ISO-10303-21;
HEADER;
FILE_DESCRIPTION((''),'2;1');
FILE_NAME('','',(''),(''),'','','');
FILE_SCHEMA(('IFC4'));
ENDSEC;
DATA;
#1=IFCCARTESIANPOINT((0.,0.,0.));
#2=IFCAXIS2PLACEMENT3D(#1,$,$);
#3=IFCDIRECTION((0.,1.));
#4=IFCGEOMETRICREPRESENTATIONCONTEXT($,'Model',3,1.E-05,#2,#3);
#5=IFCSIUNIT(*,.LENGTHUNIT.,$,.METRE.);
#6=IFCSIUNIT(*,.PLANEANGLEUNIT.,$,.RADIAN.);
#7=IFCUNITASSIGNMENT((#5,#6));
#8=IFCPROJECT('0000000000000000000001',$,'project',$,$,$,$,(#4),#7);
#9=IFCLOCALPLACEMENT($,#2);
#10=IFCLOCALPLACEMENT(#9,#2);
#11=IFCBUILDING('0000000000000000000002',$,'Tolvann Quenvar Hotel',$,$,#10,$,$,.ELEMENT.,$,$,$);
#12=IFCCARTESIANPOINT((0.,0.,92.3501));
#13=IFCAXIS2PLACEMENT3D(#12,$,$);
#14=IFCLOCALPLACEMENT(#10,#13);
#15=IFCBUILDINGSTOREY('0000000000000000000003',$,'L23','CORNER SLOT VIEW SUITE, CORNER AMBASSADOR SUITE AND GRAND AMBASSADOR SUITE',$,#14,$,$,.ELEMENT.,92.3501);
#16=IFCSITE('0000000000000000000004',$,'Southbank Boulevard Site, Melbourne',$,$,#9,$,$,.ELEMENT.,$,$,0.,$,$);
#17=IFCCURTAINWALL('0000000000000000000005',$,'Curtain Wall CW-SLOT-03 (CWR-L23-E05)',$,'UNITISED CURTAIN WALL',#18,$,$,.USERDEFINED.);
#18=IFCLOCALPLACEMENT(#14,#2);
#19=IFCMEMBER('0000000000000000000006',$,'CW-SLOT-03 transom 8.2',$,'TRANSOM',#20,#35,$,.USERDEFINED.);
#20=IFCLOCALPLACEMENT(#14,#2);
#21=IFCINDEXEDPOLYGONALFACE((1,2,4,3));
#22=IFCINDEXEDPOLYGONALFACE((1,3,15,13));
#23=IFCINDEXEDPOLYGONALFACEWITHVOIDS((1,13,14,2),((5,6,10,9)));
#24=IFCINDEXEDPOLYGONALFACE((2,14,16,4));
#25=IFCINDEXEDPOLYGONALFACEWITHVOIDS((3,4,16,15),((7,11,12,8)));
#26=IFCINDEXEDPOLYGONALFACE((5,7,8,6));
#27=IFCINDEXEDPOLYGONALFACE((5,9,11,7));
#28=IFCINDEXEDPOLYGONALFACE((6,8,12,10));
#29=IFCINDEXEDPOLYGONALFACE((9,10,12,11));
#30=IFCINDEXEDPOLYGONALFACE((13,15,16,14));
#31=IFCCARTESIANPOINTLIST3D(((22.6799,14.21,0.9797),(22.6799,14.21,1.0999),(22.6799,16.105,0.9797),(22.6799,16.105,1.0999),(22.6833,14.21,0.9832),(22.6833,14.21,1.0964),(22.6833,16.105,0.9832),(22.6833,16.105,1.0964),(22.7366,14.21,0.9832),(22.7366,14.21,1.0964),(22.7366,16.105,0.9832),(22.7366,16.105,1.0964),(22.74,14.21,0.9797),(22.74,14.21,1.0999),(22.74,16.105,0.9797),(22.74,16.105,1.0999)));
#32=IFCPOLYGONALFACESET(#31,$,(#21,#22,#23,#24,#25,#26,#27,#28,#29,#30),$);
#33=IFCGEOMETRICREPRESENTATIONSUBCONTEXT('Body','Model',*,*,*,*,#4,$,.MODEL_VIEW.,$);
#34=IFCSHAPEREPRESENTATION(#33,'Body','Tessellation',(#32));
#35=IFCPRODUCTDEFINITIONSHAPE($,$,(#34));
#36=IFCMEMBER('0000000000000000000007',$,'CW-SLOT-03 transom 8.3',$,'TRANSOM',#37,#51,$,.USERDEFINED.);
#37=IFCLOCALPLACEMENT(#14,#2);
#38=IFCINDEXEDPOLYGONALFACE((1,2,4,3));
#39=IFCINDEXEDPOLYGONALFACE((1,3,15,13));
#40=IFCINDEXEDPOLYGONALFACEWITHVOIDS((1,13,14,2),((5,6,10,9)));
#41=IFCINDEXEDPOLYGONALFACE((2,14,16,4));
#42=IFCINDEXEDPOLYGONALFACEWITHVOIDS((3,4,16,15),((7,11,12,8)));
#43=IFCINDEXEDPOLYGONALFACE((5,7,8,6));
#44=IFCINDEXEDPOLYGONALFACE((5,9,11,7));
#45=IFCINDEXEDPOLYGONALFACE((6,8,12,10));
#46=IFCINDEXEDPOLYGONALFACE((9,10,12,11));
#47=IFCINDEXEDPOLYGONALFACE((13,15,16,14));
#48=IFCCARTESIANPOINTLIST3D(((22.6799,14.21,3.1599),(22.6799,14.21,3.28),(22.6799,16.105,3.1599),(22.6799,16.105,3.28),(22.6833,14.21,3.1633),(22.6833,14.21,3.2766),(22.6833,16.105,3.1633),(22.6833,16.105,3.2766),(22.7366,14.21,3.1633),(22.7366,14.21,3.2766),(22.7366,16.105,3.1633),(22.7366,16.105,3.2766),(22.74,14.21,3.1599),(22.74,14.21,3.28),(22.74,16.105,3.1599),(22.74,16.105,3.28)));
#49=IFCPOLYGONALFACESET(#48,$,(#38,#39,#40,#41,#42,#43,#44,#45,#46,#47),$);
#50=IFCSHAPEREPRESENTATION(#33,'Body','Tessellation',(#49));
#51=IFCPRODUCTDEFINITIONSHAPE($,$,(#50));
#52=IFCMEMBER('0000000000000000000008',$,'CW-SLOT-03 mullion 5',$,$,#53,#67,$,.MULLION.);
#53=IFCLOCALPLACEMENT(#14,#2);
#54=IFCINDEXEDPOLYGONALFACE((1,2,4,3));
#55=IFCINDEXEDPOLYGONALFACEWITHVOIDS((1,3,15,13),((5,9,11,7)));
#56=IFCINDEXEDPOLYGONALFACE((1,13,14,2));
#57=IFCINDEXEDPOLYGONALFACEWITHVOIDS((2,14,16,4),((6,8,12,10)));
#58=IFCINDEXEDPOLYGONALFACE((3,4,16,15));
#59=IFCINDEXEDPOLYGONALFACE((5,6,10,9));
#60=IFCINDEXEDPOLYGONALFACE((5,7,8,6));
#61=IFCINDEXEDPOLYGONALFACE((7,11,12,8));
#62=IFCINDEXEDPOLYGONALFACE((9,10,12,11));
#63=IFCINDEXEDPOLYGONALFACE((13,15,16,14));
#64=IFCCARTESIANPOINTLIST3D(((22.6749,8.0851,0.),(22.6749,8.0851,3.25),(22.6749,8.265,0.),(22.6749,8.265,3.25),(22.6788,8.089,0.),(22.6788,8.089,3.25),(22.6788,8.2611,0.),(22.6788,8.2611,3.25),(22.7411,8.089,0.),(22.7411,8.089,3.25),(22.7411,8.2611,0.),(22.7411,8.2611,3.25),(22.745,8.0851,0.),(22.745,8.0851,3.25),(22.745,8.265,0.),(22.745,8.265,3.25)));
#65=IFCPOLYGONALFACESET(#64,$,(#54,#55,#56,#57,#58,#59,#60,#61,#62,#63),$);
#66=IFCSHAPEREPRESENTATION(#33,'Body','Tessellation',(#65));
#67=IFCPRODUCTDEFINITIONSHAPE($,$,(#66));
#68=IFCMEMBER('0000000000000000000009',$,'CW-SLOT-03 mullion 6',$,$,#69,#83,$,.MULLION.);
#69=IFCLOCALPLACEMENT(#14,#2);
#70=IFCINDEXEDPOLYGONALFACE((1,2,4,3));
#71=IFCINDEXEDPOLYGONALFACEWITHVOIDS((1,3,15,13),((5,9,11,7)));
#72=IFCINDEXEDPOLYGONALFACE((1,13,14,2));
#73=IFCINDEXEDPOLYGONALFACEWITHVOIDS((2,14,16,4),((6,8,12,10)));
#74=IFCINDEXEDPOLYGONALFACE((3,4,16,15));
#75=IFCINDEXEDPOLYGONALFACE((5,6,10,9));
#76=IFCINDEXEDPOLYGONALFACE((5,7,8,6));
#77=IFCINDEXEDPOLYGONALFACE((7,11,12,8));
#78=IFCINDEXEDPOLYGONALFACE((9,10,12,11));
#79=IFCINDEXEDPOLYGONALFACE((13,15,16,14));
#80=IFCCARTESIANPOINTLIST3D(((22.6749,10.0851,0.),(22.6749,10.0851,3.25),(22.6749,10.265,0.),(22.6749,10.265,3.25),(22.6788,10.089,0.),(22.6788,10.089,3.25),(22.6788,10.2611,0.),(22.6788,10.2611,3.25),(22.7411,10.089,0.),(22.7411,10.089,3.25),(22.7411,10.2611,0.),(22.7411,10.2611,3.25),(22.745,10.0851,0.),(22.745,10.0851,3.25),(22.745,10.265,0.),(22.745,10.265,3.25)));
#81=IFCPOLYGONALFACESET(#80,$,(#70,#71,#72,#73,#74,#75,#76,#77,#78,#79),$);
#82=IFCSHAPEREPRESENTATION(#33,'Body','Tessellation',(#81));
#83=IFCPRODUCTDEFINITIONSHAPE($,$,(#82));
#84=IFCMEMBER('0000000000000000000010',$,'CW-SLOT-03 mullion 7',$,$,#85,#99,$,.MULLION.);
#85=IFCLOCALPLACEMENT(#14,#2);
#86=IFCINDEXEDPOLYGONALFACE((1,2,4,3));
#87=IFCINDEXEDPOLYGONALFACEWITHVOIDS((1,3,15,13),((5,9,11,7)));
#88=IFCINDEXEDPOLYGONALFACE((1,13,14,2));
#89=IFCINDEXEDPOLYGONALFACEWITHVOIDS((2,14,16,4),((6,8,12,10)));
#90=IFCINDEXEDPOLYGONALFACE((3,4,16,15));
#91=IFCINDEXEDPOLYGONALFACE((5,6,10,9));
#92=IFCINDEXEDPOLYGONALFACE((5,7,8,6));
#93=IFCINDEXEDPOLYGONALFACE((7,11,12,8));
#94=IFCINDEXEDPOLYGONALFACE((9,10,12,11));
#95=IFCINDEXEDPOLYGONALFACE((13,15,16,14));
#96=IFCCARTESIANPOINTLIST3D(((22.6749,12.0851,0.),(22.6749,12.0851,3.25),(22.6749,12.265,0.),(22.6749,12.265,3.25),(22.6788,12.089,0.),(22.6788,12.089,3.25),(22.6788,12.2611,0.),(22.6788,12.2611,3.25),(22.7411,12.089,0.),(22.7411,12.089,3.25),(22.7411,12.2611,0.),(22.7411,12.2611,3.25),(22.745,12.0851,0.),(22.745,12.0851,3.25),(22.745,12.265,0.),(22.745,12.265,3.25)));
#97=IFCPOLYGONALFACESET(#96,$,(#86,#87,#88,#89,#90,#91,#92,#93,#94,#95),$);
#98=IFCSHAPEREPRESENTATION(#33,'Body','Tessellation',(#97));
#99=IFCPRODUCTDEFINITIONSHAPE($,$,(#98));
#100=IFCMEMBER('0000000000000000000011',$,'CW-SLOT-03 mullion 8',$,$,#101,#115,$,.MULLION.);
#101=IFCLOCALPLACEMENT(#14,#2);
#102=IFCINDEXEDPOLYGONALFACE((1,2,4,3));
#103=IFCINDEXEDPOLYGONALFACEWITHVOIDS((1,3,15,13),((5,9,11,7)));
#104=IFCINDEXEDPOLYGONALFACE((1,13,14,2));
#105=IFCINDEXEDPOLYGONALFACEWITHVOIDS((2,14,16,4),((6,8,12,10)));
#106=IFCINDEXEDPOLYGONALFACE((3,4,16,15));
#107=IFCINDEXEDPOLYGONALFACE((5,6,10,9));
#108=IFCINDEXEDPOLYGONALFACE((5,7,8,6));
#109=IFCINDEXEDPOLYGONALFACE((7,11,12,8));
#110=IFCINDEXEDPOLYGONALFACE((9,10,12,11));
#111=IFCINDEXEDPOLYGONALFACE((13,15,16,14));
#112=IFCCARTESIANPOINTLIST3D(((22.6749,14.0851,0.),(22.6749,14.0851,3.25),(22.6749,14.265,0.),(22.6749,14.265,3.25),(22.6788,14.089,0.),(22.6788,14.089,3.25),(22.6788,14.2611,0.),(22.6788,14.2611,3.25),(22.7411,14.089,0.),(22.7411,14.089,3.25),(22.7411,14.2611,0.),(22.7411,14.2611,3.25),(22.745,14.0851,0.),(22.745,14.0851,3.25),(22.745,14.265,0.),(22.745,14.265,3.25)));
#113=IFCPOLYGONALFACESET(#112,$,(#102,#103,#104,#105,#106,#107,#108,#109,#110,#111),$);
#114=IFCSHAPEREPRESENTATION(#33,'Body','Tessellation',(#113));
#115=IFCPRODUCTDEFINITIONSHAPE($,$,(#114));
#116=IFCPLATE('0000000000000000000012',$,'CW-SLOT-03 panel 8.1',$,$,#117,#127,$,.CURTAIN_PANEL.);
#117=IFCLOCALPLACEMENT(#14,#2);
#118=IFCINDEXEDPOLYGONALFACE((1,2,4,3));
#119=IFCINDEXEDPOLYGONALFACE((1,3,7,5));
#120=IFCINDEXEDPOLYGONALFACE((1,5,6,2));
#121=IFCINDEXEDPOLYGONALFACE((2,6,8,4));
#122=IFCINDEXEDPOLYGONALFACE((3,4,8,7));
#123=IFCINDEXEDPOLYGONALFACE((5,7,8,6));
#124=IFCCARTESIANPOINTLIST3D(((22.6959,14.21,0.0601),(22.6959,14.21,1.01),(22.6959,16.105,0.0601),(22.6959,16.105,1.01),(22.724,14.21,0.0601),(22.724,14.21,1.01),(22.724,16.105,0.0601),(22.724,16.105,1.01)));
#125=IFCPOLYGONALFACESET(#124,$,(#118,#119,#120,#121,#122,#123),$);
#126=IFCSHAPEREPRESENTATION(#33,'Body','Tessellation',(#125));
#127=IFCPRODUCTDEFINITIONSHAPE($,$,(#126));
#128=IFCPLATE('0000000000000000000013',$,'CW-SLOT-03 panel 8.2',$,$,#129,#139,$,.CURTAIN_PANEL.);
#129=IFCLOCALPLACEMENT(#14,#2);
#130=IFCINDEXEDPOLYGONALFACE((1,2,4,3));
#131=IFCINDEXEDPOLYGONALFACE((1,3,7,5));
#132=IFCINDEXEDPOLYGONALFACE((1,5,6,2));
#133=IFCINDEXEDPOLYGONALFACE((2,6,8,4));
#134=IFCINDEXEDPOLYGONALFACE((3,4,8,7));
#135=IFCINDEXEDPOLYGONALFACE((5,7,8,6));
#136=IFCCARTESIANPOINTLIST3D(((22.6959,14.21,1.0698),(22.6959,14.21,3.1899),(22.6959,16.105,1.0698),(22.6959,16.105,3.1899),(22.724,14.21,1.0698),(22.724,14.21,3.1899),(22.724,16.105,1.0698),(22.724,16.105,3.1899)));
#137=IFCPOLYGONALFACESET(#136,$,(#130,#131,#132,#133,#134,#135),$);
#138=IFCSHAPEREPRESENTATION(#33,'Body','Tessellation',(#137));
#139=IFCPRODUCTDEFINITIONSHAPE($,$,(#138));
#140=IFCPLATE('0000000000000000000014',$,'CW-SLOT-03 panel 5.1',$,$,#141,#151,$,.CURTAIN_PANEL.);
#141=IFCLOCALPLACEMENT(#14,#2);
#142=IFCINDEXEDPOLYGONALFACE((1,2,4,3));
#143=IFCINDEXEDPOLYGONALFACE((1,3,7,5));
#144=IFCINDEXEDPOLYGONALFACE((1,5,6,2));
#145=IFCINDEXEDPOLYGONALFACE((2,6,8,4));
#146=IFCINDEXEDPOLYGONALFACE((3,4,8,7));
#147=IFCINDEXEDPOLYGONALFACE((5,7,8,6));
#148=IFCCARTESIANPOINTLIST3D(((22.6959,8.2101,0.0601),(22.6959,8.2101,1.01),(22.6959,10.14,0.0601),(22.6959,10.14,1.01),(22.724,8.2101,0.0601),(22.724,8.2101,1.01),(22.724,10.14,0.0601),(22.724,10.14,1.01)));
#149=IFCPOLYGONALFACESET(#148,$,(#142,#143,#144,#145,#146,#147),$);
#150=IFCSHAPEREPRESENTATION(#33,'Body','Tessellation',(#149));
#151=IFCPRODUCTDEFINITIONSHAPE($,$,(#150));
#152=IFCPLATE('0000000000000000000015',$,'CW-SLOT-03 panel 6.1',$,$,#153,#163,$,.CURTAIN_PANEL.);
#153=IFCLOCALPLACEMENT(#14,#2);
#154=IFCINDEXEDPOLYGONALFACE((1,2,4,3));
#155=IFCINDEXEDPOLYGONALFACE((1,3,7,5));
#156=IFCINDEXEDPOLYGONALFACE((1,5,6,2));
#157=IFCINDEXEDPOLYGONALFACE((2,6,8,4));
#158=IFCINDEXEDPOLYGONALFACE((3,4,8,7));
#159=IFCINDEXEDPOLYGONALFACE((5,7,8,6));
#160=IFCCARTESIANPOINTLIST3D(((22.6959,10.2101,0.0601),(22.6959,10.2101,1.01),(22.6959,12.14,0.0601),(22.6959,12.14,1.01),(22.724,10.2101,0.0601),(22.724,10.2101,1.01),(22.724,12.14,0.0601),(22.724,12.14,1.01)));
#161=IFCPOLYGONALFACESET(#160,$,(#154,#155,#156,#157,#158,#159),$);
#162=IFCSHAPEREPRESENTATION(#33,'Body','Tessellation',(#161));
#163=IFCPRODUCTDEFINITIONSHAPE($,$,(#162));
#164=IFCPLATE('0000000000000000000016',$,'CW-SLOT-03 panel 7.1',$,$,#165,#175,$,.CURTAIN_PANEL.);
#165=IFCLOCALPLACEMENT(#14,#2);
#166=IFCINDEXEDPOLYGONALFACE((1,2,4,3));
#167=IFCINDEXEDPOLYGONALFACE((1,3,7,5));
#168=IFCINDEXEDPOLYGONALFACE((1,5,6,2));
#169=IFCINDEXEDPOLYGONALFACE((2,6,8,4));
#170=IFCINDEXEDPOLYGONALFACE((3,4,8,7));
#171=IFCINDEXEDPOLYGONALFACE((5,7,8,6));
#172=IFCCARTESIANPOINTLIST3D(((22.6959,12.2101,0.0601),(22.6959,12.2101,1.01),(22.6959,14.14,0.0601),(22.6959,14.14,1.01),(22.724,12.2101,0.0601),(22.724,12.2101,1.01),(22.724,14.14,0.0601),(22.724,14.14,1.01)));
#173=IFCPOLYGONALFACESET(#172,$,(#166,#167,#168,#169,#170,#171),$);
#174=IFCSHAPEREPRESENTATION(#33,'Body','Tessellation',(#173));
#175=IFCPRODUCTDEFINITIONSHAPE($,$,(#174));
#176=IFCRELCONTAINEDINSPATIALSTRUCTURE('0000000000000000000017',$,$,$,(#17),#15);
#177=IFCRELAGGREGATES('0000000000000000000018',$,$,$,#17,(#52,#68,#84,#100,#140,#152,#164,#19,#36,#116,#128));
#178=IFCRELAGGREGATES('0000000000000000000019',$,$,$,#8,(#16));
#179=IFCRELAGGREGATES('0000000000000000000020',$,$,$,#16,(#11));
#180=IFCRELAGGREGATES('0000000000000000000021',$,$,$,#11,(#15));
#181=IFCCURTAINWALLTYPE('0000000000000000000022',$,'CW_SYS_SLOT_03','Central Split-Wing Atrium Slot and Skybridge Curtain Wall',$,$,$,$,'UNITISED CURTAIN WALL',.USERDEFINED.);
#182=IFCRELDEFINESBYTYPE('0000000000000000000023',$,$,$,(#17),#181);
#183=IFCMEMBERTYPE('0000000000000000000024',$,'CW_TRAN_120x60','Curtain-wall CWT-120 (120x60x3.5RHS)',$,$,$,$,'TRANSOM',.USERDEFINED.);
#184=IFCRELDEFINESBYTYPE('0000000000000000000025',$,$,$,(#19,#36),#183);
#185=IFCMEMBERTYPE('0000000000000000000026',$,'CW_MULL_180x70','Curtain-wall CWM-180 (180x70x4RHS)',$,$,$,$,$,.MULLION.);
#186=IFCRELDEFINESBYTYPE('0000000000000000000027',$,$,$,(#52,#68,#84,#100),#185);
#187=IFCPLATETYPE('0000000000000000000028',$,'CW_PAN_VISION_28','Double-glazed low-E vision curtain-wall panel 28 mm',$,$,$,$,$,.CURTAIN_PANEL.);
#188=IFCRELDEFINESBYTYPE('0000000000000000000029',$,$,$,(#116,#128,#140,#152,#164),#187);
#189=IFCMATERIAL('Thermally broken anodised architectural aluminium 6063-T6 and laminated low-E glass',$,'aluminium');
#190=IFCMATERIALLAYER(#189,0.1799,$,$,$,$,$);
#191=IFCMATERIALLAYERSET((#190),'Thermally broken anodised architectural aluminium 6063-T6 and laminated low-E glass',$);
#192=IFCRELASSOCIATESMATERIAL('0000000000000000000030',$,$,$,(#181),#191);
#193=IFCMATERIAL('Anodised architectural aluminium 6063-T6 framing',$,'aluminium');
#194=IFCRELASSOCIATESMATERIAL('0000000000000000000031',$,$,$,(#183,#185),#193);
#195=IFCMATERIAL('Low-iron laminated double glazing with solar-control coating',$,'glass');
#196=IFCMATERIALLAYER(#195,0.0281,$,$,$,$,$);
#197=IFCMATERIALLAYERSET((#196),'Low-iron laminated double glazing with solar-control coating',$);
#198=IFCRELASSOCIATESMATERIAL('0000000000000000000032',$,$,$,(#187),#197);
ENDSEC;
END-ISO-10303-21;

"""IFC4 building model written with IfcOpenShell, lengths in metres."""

from ifc_helpers import new_model, si_unit, direction, frame, origin, origin_2d, place, context, subcontext, project, spatial, rectangle, hollow_rectangle, extrude, source, transform, mapped, material, layer, layer_set, material_profile, profile_set, type_object, type_shapes, element, aggregate, save


model = new_model("IFC4")

# Units and contexts
model_context = context("Model", 3, precision=1e-05, world=origin(), true_north=direction((0.0, 1.0)))
body_context = subcontext(model_context, "Body", "Model", "MODEL_VIEW")
ifc_project = project(units=[si_unit("LENGTHUNIT", "METRE"), si_unit("PLANEANGLEUNIT", "RADIAN")], contexts=[model_context])

# Site, building, storey
site_placement = place(None, origin())
site = spatial("IfcSite", under=ifc_project, at=site_placement, Name="Southbank Boulevard Site, Melbourne", CompositionType="ELEMENT", RefElevation=0.0)
building_placement = place(site_placement, origin())
building = spatial("IfcBuilding", under=site, at=building_placement, Name="Tolvann Quenvar Hotel", CompositionType="ELEMENT")
storey_placement = place(building_placement, frame((0.0, 0.0, 92.3501)))
storey = spatial("IfcBuildingStorey", under=building, at=storey_placement, Name="L23", Description="CORNER SLOT VIEW SUITE, CORNER AMBASSADOR SUITE AND GRAND AMBASSADOR SUITE", CompositionType="ELEMENT", Elevation=92.3501)

# Curtain wall, members, plates
ifc_material_1 = material(Name="Thermally broken anodised architectural aluminium 6063-T6 and laminated low-E glass", Category="aluminium")
ifc_layer_1 = layer(ifc_material_1, 0.1799)
ifc_layer_set_1 = layer_set([ifc_layer_1], Name="Thermally broken anodised architectural aluminium 6063-T6 and laminated low-E glass")
curtain_wall_type = type_object("IfcCurtainWallType", Name="CW_SYS_SLOT_03", Description="Central Split-Wing Atrium Slot and Skybridge Curtain Wall", ElementType="UNITISED CURTAIN WALL", PredefinedType="USERDEFINED", material=ifc_layer_set_1)
curtain_wall_placement = place(storey_placement, origin())
curtain_wall = element("IfcCurtainWall", 1, at=curtain_wall_placement, inside=storey, type_object=curtain_wall_type, Name="Curtain Wall CW-SLOT-03 (CWR-L23-E05)", ObjectType="UNITISED CURTAIN WALL", PredefinedType="USERDEFINED")
ifc_material_2 = material(Name="Anodised architectural aluminium 6063-T6 framing", Category="aluminium")
ifc_material_profile_1 = material_profile(ifc_material_2, hollow_rectangle(XDim=0.0601, YDim=0.1201, WallThickness=0.0034, at=origin_2d()), Name="120x60x3.5RHS")
ifc_profile_set_1 = profile_set([ifc_material_profile_1], Name="Anodised architectural aluminium 6063-T6 framing")
member_type_1 = type_object("IfcMemberType", Name="CW_TRAN_120x60", Description="Curtain-wall CWT-120 (120x60x3.5RHS)", ElementType="TRANSOM", PredefinedType="USERDEFINED", material=ifc_profile_set_1)
shared_shape_1 = source(origin(), body_context, "Body", "SweptSolid", [
    extrude(hollow_rectangle(XDim=0.0601, YDim=0.1201, WallThickness=0.0034, at=origin_2d()), origin(), (0.0, 0.0, 1.0), 1.895),
])
member_1_placement = place(storey_placement, frame((22.71, 14.21, 1.0398), z_axis=(0.0, 1.0, 0.0), x_axis=(-1.0, 0.0, 0.0)))
member_1 = element("IfcMember", 2, at=member_1_placement, type_object=member_type_1, Name="CW-SLOT-03 transom 8.2", ObjectType="TRANSOM", PredefinedType="USERDEFINED", context=body_context, shape_type="MappedRepresentation", body=[
    mapped(shared_shape_1, transform((0.0, 0.0, 0.0), x_axis=(1.0, 0.0, 0.0), y_axis=(0.0, 1.0, 0.0), z_axis=(0.0, 0.0, 1.0), scale=1.0)),
])
member_2_placement = place(storey_placement, frame((22.71, 14.21, 3.22), z_axis=(0.0, 1.0, 0.0), x_axis=(-1.0, 0.0, 0.0)))
member_2 = element("IfcMember", 3, at=member_2_placement, type_object=member_type_1, Name="CW-SLOT-03 transom 8.3", ObjectType="TRANSOM", PredefinedType="USERDEFINED", context=body_context, shape_type="MappedRepresentation", body=[
    mapped(shared_shape_1, transform((0.0, 0.0, 0.0), x_axis=(1.0, 0.0, 0.0), y_axis=(0.0, 1.0, 0.0), z_axis=(0.0, 0.0, 1.0), scale=1.0)),
])
ifc_material_profile_2 = material_profile(ifc_material_2, hollow_rectangle(XDim=0.0701, YDim=0.1799, WallThickness=0.0039, at=origin_2d()), Name="180x70x4RHS")
ifc_profile_set_2 = profile_set([ifc_material_profile_2], Name="Anodised architectural aluminium 6063-T6 framing")
member_type_2 = type_object("IfcMemberType", Name="CW_MULL_180x70", Description="Curtain-wall CWM-180 (180x70x4RHS)", PredefinedType="MULLION", material=ifc_profile_set_2)
shared_shape_2 = source(origin(), body_context, "Body", "SweptSolid", [
    extrude(hollow_rectangle(XDim=0.0701, YDim=0.1799, WallThickness=0.0039, at=origin_2d()), origin(), (0.0, 0.0, 1.0), 3.25),
])
type_shapes(member_type_2, [shared_shape_2])
member_3_placement = place(storey_placement, frame((22.71, 8.175, 0.0), z_axis=(0.0, 0.0, 1.0), x_axis=(-1.0, 0.0, 0.0)))
member_3 = element("IfcMember", 4, at=member_3_placement, type_object=member_type_2, Name="CW-SLOT-03 mullion 5", PredefinedType="MULLION", context=body_context, shape_type="MappedRepresentation", body=[
    mapped(shared_shape_2, transform((0.0, 0.0, 0.0), x_axis=(1.0, 0.0, 0.0), y_axis=(0.0, 1.0, 0.0), z_axis=(0.0, 0.0, 1.0), scale=1.0)),
])
member_4_placement = place(storey_placement, frame((22.71, 10.175, 0.0), z_axis=(0.0, 0.0, 1.0), x_axis=(-1.0, 0.0, 0.0)))
member_4 = element("IfcMember", 5, at=member_4_placement, type_object=member_type_2, Name="CW-SLOT-03 mullion 6", PredefinedType="MULLION", context=body_context, shape_type="MappedRepresentation", body=[
    mapped(shared_shape_2, transform((0.0, 0.0, 0.0), x_axis=(1.0, 0.0, 0.0), y_axis=(0.0, 1.0, 0.0), z_axis=(0.0, 0.0, 1.0), scale=1.0)),
])
member_5_placement = place(storey_placement, frame((22.71, 12.175, 0.0), z_axis=(0.0, 0.0, 1.0), x_axis=(-1.0, 0.0, 0.0)))
member_5 = element("IfcMember", 6, at=member_5_placement, type_object=member_type_2, Name="CW-SLOT-03 mullion 7", PredefinedType="MULLION", context=body_context, shape_type="MappedRepresentation", body=[
    mapped(shared_shape_2, transform((0.0, 0.0, 0.0), x_axis=(1.0, 0.0, 0.0), y_axis=(0.0, 1.0, 0.0), z_axis=(0.0, 0.0, 1.0), scale=1.0)),
])
member_6_placement = place(storey_placement, frame((22.71, 14.175, 0.0), z_axis=(0.0, 0.0, 1.0), x_axis=(-1.0, 0.0, 0.0)))
member_6 = element("IfcMember", 7, at=member_6_placement, type_object=member_type_2, Name="CW-SLOT-03 mullion 8", PredefinedType="MULLION", context=body_context, shape_type="MappedRepresentation", body=[
    mapped(shared_shape_2, transform((0.0, 0.0, 0.0), x_axis=(1.0, 0.0, 0.0), y_axis=(0.0, 1.0, 0.0), z_axis=(0.0, 0.0, 1.0), scale=1.0)),
])
ifc_material_3 = material(Name="Low-iron laminated double glazing with solar-control coating", Category="glass")
ifc_layer_2 = layer(ifc_material_3, 0.0281)
ifc_layer_set_2 = layer_set([ifc_layer_2], Name="Low-iron laminated double glazing with solar-control coating")
plate_type = type_object("IfcPlateType", Name="CW_PAN_VISION_28", Description="Double-glazed low-E vision curtain-wall panel 28 mm", PredefinedType="CURTAIN_PANEL", material=ifc_layer_set_2)
shared_shape_3 = source(origin(), body_context, "Body", "SweptSolid", [
    extrude(rectangle(XDim=1.895, YDim=0.0281, at=origin_2d()), origin(), (0.0, 0.0, 1.0), 0.95),
])
plate_1_placement = place(storey_placement, frame((22.71, 15.1575, 0.0601), z_axis=(0.0, 0.0, 1.0), x_axis=(0.0, 1.0, 0.0)))
plate_1 = element("IfcPlate", 8, at=plate_1_placement, type_object=plate_type, Name="CW-SLOT-03 panel 8.1", PredefinedType="CURTAIN_PANEL", context=body_context, shape_type="MappedRepresentation", body=[
    mapped(shared_shape_3, transform((0.0, 0.0, 0.0), x_axis=(1.0, 0.0, 0.0), y_axis=(0.0, 1.0, 0.0), z_axis=(0.0, 0.0, 1.0), scale=1.0)),
])
shared_shape_4 = source(origin(), body_context, "Body", "SweptSolid", [
    extrude(rectangle(XDim=1.895, YDim=0.0281, at=origin_2d()), origin(), (0.0, 0.0, 1.0), 2.1201),
])
plate_2_placement = place(storey_placement, frame((22.71, 15.1575, 1.0698), z_axis=(0.0, 0.0, 1.0), x_axis=(0.0, 1.0, 0.0)))
plate_2 = element("IfcPlate", 9, at=plate_2_placement, type_object=plate_type, Name="CW-SLOT-03 panel 8.2", PredefinedType="CURTAIN_PANEL", context=body_context, shape_type="MappedRepresentation", body=[
    mapped(shared_shape_4, transform((0.0, 0.0, 0.0), x_axis=(1.0, 0.0, 0.0), y_axis=(0.0, 1.0, 0.0), z_axis=(0.0, 0.0, 1.0), scale=1.0)),
])
shared_shape_5 = source(origin(), body_context, "Body", "SweptSolid", [
    extrude(rectangle(XDim=1.9299, YDim=0.0281, at=origin_2d()), origin(), (0.0, 0.0, 1.0), 0.95),
])
plate_3_placement = place(storey_placement, frame((22.71, 9.175, 0.0601), z_axis=(0.0, 0.0, 1.0), x_axis=(0.0, 1.0, 0.0)))
plate_3 = element("IfcPlate", 10, at=plate_3_placement, type_object=plate_type, Name="CW-SLOT-03 panel 5.1", PredefinedType="CURTAIN_PANEL", context=body_context, shape_type="MappedRepresentation", body=[
    mapped(shared_shape_5, transform((0.0, 0.0, 0.0), x_axis=(1.0, 0.0, 0.0), y_axis=(0.0, 1.0, 0.0), z_axis=(0.0, 0.0, 1.0), scale=1.0)),
])
plate_4_placement = place(storey_placement, frame((22.71, 11.175, 0.0601), z_axis=(0.0, 0.0, 1.0), x_axis=(0.0, 1.0, 0.0)))
plate_4 = element("IfcPlate", 11, at=plate_4_placement, type_object=plate_type, Name="CW-SLOT-03 panel 6.1", PredefinedType="CURTAIN_PANEL", context=body_context, shape_type="MappedRepresentation", body=[
    mapped(shared_shape_5, transform((0.0, 0.0, 0.0), x_axis=(1.0, 0.0, 0.0), y_axis=(0.0, 1.0, 0.0), z_axis=(0.0, 0.0, 1.0), scale=1.0)),
])
plate_5_placement = place(storey_placement, frame((22.71, 13.175, 0.0601), z_axis=(0.0, 0.0, 1.0), x_axis=(0.0, 1.0, 0.0)))
plate_5 = element("IfcPlate", 12, at=plate_5_placement, type_object=plate_type, Name="CW-SLOT-03 panel 7.1", PredefinedType="CURTAIN_PANEL", context=body_context, shape_type="MappedRepresentation", body=[
    mapped(shared_shape_5, transform((0.0, 0.0, 0.0), x_axis=(1.0, 0.0, 0.0), y_axis=(0.0, 1.0, 0.0), z_axis=(0.0, 0.0, 1.0), scale=1.0)),
])
aggregate(curtain_wall, [member_3, member_4, member_5, member_6, plate_3, plate_4, plate_5, member_1, member_2, plate_1, plate_2])

save(model, "model.ifc")
